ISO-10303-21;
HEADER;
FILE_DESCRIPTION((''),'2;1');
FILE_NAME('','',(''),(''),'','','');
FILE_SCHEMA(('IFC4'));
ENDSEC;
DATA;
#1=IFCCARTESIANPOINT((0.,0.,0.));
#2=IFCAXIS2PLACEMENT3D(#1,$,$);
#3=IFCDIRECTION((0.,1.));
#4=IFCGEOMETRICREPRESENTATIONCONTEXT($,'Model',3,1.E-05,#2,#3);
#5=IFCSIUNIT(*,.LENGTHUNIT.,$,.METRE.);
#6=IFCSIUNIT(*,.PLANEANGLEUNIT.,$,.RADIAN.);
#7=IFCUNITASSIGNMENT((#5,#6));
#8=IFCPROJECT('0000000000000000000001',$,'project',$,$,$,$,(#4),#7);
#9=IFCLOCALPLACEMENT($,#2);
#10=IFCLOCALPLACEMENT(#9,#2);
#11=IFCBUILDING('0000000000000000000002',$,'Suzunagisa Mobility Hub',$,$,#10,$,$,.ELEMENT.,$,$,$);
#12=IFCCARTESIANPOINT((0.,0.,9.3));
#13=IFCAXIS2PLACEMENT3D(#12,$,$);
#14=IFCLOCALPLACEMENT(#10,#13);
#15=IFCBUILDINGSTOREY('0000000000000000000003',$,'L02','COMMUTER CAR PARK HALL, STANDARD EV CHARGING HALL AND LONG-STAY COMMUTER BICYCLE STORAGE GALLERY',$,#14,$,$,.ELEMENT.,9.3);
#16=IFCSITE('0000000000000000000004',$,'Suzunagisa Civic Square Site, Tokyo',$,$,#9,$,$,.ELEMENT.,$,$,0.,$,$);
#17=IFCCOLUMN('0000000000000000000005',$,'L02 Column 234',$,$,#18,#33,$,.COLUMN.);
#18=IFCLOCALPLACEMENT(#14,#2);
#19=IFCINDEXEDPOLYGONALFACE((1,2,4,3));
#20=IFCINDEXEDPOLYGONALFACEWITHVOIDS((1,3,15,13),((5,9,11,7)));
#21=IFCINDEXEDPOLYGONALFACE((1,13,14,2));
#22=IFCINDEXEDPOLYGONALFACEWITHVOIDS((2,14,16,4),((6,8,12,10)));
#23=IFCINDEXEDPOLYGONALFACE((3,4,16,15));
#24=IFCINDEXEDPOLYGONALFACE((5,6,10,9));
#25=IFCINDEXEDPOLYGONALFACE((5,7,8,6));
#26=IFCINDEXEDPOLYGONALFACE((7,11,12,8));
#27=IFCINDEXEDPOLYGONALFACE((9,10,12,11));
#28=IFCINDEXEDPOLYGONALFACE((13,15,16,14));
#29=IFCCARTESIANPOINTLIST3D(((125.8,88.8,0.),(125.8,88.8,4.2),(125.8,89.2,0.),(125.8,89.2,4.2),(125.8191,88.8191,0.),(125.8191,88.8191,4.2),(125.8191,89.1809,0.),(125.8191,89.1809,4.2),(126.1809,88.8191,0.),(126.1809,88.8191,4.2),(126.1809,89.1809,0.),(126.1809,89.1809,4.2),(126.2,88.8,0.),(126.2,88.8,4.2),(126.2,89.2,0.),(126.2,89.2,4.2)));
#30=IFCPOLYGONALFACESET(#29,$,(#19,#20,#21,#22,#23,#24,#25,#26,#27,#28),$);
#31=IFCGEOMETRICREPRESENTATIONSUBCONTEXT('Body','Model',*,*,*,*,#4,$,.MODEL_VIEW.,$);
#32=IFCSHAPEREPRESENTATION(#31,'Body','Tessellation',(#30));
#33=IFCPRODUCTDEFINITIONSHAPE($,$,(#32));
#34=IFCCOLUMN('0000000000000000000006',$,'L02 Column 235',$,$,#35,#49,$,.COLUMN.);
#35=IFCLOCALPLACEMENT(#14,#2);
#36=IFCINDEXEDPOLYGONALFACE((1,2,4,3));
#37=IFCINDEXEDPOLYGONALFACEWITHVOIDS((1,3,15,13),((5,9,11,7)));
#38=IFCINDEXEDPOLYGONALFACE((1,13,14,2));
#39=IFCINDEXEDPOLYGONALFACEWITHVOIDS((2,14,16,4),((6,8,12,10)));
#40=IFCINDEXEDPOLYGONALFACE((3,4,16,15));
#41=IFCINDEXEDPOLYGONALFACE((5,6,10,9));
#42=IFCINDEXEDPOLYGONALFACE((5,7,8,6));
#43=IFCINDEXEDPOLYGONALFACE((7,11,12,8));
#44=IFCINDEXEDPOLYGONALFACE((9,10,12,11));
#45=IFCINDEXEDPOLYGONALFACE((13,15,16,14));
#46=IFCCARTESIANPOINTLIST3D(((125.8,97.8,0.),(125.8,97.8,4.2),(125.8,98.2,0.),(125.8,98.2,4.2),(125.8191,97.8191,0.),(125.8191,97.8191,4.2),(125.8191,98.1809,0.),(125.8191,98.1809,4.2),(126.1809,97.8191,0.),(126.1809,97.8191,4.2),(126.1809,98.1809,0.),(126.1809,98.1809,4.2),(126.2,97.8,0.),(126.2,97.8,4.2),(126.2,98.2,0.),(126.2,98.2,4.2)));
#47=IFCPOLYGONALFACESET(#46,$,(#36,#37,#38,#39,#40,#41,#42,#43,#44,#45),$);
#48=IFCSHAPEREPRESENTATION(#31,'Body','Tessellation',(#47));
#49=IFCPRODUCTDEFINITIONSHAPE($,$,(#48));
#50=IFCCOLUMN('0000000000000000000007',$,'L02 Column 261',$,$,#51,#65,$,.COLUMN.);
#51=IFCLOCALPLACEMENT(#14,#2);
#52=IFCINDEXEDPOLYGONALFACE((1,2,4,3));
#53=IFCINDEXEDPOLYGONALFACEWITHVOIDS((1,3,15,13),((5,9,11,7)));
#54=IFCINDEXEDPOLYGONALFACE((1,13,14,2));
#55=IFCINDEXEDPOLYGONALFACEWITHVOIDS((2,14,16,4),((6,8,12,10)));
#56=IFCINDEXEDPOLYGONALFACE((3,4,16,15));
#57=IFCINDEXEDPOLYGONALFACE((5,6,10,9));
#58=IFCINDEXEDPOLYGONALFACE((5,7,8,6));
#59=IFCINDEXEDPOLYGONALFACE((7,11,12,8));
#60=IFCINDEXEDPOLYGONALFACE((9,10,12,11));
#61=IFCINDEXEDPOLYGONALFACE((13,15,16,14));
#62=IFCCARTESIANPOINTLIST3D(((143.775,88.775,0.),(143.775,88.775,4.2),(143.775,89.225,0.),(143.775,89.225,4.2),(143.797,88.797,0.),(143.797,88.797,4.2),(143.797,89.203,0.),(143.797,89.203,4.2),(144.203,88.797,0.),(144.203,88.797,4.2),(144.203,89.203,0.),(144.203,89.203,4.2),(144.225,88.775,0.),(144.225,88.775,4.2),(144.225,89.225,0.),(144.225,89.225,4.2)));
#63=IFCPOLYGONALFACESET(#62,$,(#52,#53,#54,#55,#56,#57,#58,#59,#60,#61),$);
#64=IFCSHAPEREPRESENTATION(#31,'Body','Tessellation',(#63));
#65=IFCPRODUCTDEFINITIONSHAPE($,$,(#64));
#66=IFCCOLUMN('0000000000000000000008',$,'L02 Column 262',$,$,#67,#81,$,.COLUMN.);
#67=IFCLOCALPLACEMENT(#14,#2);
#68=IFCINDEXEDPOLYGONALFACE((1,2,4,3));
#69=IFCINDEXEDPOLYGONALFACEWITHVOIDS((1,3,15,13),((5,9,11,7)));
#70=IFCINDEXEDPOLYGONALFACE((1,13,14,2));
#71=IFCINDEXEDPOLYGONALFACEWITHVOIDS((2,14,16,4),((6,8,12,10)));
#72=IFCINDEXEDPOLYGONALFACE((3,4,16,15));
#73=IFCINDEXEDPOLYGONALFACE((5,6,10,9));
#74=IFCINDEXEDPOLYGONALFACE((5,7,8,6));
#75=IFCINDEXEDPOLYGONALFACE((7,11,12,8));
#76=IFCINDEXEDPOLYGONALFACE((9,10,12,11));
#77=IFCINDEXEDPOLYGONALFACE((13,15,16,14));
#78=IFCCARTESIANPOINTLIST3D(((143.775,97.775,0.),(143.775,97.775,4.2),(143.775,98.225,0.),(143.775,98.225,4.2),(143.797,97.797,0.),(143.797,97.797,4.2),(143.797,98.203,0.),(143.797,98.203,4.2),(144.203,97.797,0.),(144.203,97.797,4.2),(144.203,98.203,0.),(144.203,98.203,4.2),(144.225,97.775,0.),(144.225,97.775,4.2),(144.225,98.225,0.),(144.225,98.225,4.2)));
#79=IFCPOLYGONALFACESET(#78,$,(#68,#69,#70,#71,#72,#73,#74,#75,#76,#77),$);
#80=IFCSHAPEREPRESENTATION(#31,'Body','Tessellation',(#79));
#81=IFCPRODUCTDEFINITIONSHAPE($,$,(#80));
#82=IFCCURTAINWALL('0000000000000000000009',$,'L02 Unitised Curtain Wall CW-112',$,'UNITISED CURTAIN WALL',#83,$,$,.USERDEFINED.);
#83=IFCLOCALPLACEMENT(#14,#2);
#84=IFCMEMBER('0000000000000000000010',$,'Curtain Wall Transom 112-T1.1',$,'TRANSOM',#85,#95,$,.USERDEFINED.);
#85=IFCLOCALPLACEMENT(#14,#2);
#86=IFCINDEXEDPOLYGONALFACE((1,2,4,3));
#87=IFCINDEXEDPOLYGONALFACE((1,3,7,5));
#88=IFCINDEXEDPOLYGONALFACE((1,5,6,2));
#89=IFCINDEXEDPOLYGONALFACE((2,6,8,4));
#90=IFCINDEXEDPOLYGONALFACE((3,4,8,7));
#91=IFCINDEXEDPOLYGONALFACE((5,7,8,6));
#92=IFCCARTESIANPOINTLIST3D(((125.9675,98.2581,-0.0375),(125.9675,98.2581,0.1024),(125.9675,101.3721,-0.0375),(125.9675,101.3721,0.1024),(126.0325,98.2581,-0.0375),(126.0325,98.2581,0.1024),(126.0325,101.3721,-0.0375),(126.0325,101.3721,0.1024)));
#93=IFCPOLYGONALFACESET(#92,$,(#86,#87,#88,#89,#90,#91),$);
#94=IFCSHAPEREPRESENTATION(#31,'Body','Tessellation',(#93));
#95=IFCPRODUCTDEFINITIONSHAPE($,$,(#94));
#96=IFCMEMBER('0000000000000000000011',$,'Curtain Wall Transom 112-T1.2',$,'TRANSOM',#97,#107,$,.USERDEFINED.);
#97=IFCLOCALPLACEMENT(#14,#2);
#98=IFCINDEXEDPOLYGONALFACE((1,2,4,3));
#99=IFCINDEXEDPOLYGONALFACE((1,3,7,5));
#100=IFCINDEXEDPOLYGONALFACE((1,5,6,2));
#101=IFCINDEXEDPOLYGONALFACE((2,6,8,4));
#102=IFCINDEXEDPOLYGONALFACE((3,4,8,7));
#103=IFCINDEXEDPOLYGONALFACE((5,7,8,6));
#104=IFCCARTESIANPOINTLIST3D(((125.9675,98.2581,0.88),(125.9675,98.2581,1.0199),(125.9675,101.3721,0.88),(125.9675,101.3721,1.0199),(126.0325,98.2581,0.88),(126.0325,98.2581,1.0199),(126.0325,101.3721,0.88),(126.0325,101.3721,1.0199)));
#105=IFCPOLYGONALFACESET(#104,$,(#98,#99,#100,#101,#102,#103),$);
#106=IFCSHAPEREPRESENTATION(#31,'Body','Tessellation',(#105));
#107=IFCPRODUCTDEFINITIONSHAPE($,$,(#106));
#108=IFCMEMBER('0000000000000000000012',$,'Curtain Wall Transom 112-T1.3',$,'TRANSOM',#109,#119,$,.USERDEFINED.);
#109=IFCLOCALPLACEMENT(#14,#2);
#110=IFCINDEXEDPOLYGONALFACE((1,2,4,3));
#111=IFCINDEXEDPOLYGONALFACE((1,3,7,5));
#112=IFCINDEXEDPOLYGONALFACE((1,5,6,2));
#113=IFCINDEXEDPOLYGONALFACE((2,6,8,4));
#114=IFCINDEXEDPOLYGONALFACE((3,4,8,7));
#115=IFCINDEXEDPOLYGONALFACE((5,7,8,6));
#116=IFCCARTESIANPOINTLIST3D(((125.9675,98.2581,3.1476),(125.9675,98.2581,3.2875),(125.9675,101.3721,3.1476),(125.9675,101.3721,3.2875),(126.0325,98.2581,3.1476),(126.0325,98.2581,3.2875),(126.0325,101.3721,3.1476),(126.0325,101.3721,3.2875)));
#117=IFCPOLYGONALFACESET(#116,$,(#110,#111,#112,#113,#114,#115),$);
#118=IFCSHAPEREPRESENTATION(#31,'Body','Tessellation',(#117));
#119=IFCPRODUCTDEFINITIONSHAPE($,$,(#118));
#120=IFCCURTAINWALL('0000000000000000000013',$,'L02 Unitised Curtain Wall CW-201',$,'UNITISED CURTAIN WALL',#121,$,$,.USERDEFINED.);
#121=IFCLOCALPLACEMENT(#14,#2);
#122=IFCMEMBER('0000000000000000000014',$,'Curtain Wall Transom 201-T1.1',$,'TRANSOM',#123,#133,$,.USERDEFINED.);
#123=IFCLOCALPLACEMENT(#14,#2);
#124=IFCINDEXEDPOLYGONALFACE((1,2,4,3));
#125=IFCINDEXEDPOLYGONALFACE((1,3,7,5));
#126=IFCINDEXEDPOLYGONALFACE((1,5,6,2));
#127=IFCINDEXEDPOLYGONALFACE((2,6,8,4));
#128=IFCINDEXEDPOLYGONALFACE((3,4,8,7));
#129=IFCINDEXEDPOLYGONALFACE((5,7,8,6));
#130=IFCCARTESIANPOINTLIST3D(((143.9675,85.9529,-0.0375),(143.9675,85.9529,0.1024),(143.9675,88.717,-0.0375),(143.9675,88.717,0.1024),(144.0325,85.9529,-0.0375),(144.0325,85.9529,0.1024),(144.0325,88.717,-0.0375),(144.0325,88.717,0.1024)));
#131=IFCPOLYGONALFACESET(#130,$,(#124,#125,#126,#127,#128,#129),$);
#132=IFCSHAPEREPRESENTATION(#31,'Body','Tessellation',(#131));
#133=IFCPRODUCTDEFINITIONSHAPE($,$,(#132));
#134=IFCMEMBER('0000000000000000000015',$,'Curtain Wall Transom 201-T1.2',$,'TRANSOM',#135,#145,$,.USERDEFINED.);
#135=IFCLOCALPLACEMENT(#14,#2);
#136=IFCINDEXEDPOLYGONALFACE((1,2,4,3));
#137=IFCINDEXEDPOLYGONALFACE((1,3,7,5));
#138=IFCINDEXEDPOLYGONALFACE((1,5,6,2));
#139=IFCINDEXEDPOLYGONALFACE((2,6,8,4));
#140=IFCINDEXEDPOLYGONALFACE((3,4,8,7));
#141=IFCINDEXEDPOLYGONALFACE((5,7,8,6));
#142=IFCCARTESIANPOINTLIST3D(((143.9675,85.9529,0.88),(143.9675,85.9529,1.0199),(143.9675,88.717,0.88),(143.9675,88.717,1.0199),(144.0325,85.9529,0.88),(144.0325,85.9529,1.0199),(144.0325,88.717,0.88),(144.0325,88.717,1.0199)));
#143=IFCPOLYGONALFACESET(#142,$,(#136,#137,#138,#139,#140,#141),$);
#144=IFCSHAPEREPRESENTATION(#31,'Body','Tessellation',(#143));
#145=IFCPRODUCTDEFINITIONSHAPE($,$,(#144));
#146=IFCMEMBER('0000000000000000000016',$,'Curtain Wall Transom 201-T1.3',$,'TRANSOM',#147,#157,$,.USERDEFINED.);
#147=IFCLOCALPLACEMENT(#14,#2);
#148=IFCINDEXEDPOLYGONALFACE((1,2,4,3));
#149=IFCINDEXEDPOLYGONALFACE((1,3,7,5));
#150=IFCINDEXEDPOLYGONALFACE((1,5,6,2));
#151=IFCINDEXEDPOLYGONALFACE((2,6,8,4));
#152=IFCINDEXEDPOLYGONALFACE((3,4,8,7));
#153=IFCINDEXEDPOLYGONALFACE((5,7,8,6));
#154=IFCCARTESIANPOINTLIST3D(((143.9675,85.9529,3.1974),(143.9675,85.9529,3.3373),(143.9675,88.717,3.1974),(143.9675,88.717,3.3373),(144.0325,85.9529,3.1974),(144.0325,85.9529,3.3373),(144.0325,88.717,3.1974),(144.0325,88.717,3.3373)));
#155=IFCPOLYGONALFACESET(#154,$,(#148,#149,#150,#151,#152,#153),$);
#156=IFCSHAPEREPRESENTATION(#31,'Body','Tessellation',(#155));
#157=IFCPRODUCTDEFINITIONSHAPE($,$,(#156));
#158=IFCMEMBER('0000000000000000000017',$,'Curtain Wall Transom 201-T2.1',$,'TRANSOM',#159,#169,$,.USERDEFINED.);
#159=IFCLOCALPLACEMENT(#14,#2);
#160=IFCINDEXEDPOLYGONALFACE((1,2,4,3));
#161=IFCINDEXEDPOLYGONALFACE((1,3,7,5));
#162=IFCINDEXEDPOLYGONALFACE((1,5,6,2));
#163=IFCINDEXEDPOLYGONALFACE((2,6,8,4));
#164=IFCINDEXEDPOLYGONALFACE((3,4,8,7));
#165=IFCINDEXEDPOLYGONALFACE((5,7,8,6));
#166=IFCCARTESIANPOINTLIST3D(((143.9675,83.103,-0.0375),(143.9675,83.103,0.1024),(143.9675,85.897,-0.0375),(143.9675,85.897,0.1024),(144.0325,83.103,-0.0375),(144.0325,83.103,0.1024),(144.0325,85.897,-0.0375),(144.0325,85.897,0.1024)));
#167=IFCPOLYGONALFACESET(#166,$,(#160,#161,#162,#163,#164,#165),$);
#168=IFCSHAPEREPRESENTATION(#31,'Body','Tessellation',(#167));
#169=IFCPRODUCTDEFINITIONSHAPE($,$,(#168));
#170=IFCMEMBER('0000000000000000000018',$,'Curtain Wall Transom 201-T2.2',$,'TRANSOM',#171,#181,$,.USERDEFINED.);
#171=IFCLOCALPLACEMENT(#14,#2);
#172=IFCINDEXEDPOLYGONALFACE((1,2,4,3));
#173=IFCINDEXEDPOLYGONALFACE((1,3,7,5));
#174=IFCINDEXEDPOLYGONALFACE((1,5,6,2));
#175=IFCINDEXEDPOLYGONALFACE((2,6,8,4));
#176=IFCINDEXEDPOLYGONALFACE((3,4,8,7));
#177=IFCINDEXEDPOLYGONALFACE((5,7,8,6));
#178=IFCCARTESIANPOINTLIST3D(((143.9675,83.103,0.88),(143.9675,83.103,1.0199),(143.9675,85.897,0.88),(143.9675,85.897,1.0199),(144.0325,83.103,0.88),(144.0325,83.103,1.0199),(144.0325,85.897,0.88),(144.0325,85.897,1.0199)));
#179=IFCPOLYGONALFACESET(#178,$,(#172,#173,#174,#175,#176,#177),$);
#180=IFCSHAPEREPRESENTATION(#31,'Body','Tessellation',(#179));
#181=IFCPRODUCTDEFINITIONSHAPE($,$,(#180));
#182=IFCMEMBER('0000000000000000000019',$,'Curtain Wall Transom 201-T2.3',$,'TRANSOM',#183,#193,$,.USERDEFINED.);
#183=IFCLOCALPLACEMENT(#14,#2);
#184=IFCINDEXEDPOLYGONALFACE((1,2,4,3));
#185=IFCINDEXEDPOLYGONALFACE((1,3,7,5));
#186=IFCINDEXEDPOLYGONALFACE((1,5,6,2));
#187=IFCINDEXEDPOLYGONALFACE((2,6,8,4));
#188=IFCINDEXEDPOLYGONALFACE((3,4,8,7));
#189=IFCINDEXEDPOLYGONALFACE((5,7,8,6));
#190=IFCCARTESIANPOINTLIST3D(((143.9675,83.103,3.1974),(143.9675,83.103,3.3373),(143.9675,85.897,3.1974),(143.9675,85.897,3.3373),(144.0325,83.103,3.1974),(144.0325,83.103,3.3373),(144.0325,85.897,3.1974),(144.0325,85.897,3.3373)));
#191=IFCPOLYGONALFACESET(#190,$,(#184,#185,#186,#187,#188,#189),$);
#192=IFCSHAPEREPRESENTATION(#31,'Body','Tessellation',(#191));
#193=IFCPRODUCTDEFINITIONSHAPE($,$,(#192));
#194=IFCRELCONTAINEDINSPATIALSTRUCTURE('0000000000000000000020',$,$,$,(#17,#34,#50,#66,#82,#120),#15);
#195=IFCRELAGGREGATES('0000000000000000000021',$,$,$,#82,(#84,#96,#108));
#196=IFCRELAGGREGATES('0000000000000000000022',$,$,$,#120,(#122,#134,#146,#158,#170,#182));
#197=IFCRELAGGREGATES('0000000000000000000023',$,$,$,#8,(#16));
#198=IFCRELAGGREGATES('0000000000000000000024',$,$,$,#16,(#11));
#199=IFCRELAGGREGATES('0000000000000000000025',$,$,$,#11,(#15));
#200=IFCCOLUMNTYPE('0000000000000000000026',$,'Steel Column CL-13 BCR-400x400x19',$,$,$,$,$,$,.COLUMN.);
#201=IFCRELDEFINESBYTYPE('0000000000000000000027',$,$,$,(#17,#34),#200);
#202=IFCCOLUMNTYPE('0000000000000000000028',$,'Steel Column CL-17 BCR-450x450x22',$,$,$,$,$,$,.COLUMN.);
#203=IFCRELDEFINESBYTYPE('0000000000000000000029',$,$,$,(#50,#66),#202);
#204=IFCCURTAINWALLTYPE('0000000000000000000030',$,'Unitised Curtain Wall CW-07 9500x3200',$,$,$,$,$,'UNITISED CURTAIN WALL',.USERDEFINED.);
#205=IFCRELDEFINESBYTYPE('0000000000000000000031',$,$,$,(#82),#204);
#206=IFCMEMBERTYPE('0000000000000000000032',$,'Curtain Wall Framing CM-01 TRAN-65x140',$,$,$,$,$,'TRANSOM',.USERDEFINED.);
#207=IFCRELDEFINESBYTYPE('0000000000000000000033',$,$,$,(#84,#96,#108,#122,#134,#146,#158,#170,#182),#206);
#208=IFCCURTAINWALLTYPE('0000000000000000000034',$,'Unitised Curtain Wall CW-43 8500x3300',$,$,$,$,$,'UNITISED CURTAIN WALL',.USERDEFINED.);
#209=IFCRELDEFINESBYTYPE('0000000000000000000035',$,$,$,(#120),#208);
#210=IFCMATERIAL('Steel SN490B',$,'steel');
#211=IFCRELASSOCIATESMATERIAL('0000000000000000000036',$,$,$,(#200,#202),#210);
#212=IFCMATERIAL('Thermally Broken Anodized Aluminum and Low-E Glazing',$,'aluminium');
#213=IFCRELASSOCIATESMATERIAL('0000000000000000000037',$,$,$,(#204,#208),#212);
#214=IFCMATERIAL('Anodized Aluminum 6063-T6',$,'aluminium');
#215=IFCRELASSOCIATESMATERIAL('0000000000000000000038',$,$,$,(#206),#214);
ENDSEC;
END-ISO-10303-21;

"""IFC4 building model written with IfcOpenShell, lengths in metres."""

from ifc_helpers import new_model, si_unit, direction, frame, origin, origin_2d, place, context, subcontext, project, spatial, rectangle, hollow_rectangle, extrude, material, material_profile, profile_set, type_object, element, aggregate, save


model = new_model("IFC4")

# Units and contexts
model_context = context("Model", 3, precision=1e-05, world=origin(), true_north=direction((0.0, 1.0)))
body_context = subcontext(model_context, "Body", "Model", "MODEL_VIEW")
ifc_project = project(units=[si_unit("LENGTHUNIT", "METRE"), si_unit("PLANEANGLEUNIT", "RADIAN")], contexts=[model_context])

# Site, building, storey
site_placement = place(None, origin())
site = spatial("IfcSite", under=ifc_project, at=site_placement, Name="Suzunagisa Civic Square Site, Tokyo", CompositionType="ELEMENT", RefElevation=0.0)
building_placement = place(site_placement, origin())
building = spatial("IfcBuilding", under=site, at=building_placement, Name="Suzunagisa Mobility Hub", CompositionType="ELEMENT")
storey_placement = place(building_placement, frame((0.0, 0.0, 9.3)))
storey = spatial("IfcBuildingStorey", under=building, at=storey_placement, Name="L02", Description="COMMUTER CAR PARK HALL, STANDARD EV CHARGING HALL AND LONG-STAY COMMUTER BICYCLE STORAGE GALLERY", CompositionType="ELEMENT", Elevation=9.3)

# Columns
ifc_material_1 = material(Name="Steel SN490B", Category="steel")
ifc_material_profile_1 = material_profile(ifc_material_1, hollow_rectangle(XDim=0.3999, YDim=0.3999, WallThickness=0.019, at=origin_2d()), Name="BCR-400x400x19")
ifc_profile_set_1 = profile_set([ifc_material_profile_1], Name="Steel SN490B")
column_type_1 = type_object("IfcColumnType", Name="Steel Column CL-13 BCR-400x400x19", PredefinedType="COLUMN", material=ifc_profile_set_1)
for number, where, z_axis, x_axis, name in (
    (1, (126.0, 89.0, 0.0), (0.0, 0.0, 1.0), (1.0, 0.0, 0.0), "L02 Column 234"),
    (2, (126.0, 98.0, 0.0), (0.0, 0.0, 1.0), (1.0, 0.0, 0.0), "L02 Column 235"),
):
    element("IfcColumn", number, at=place(storey_placement, frame(where, z_axis=z_axis, x_axis=x_axis)), inside=storey, type_object=column_type_1, Name=name, PredefinedType="COLUMN", context=body_context, shape_type="SweptSolid", body=[
        extrude(hollow_rectangle(XDim=0.3999, YDim=0.3999, WallThickness=0.019, at=origin_2d()), origin(), (0.0, 0.0, 1.0), 4.2),
    ])
ifc_material_profile_2 = material_profile(ifc_material_1, hollow_rectangle(XDim=0.45, YDim=0.45, WallThickness=0.022, at=origin_2d()), Name="BCR-450x450x22")
ifc_profile_set_2 = profile_set([ifc_material_profile_2], Name="Steel SN490B")
column_type_2 = type_object("IfcColumnType", Name="Steel Column CL-17 BCR-450x450x22", PredefinedType="COLUMN", material=ifc_profile_set_2)
for number, where, z_axis, x_axis, name in (
    (3, (144.0, 89.0, 0.0), (0.0, 0.0, 1.0), (1.0, 0.0, 0.0), "L02 Column 261"),
    (4, (144.0, 98.0, 0.0), (0.0, 0.0, 1.0), (1.0, 0.0, 0.0), "L02 Column 262"),
):
    element("IfcColumn", number, at=place(storey_placement, frame(where, z_axis=z_axis, x_axis=x_axis)), inside=storey, type_object=column_type_2, Name=name, PredefinedType="COLUMN", context=body_context, shape_type="SweptSolid", body=[
        extrude(hollow_rectangle(XDim=0.45, YDim=0.45, WallThickness=0.022, at=origin_2d()), origin(), (0.0, 0.0, 1.0), 4.2),
    ])

# Curtain walls, members
ifc_material_2 = material(Name="Thermally Broken Anodized Aluminum and Low-E Glazing", Category="aluminium")
curtain_wall_type_1 = type_object("IfcCurtainWallType", Name="Unitised Curtain Wall CW-07 9500x3200", ElementType="UNITISED CURTAIN WALL", PredefinedType="USERDEFINED", material=ifc_material_2)
curtain_wall_1_placement = place(storey_placement, origin())
curtain_wall_1 = element("IfcCurtainWall", 5, at=curtain_wall_1_placement, inside=storey, type_object=curtain_wall_type_1, Name="L02 Unitised Curtain Wall CW-112", ObjectType="UNITISED CURTAIN WALL", PredefinedType="USERDEFINED")
ifc_material_3 = material(Name="Anodized Aluminum 6063-T6", Category="aluminium")
ifc_material_profile_3 = material_profile(ifc_material_3, rectangle(XDim=0.0649, YDim=0.1399, at=origin_2d()), Name="TRAN-65x140")
ifc_profile_set_3 = profile_set([ifc_material_profile_3], Name="Anodized Aluminum 6063-T6")
member_type_1 = type_object("IfcMemberType", Name="Curtain Wall Framing CM-01 TRAN-65x140", ElementType="TRANSOM", PredefinedType="USERDEFINED", material=ifc_profile_set_3)
member_1_placement = place(storey_placement, frame((126.0, 98.2581, 0.0325), z_axis=(0.0, 1.0, 0.0), x_axis=(-1.0, 0.0, 0.0)))
member_1 = element("IfcMember", 6, at=member_1_placement, type_object=member_type_1, Name="Curtain Wall Transom 112-T1.1", ObjectType="TRANSOM", PredefinedType="USERDEFINED", context=body_context, shape_type="SweptSolid", body=[
    extrude(rectangle(XDim=0.0649, YDim=0.1399, at=origin_2d()), origin(), (0.0, 0.0, 1.0), 3.114),
])
member_2_placement = place(storey_placement, frame((126.0, 98.2581, 0.95), z_axis=(0.0, 1.0, 0.0), x_axis=(-1.0, 0.0, 0.0)))
member_2 = element("IfcMember", 7, at=member_2_placement, type_object=member_type_1, Name="Curtain Wall Transom 112-T1.2", ObjectType="TRANSOM", PredefinedType="USERDEFINED", context=body_context, shape_type="SweptSolid", body=[
    extrude(rectangle(XDim=0.0649, YDim=0.1399, at=origin_2d()), origin(), (0.0, 0.0, 1.0), 3.114),
])
member_3_placement = place(storey_placement, frame((126.0, 98.2581, 3.2175), z_axis=(0.0, 1.0, 0.0), x_axis=(-1.0, 0.0, 0.0)))
member_3 = element("IfcMember", 8, at=member_3_placement, type_object=member_type_1, Name="Curtain Wall Transom 112-T1.3", ObjectType="TRANSOM", PredefinedType="USERDEFINED", context=body_context, shape_type="SweptSolid", body=[
    extrude(rectangle(XDim=0.0649, YDim=0.1399, at=origin_2d()), origin(), (0.0, 0.0, 1.0), 3.114),
])
curtain_wall_type_2 = type_object("IfcCurtainWallType", Name="Unitised Curtain Wall CW-43 8500x3300", ElementType="UNITISED CURTAIN WALL", PredefinedType="USERDEFINED", material=ifc_material_2)
curtain_wall_2_placement = place(storey_placement, origin())
curtain_wall_2 = element("IfcCurtainWall", 9, at=curtain_wall_2_placement, inside=storey, type_object=curtain_wall_type_2, Name="L02 Unitised Curtain Wall CW-201", ObjectType="UNITISED CURTAIN WALL", PredefinedType="USERDEFINED")
member_4_placement = place(storey_placement, frame((144.0, 88.717, 0.0325), z_axis=(0.0, -1.0, 0.0), x_axis=(1.0, 0.0, 0.0)))
member_4 = element("IfcMember", 10, at=member_4_placement, type_object=member_type_1, Name="Curtain Wall Transom 201-T1.1", ObjectType="TRANSOM", PredefinedType="USERDEFINED", context=body_context, shape_type="SweptSolid", body=[
    extrude(rectangle(XDim=0.0649, YDim=0.1399, at=origin_2d()), origin(), (0.0, 0.0, 1.0), 2.7642),
])
member_5_placement = place(storey_placement, frame((144.0, 88.717, 0.95), z_axis=(0.0, -1.0, 0.0), x_axis=(1.0, 0.0, 0.0)))
member_5 = element("IfcMember", 11, at=member_5_placement, type_object=member_type_1, Name="Curtain Wall Transom 201-T1.2", ObjectType="TRANSOM", PredefinedType="USERDEFINED", context=body_context, shape_type="SweptSolid", body=[
    extrude(rectangle(XDim=0.0649, YDim=0.1399, at=origin_2d()), origin(), (0.0, 0.0, 1.0), 2.7642),
])
member_6_placement = place(storey_placement, frame((144.0, 88.717, 3.2673), z_axis=(0.0, -1.0, 0.0), x_axis=(1.0, 0.0, 0.0)))
member_6 = element("IfcMember", 12, at=member_6_placement, type_object=member_type_1, Name="Curtain Wall Transom 201-T1.3", ObjectType="TRANSOM", PredefinedType="USERDEFINED", context=body_context, shape_type="SweptSolid", body=[
    extrude(rectangle(XDim=0.0649, YDim=0.1399, at=origin_2d()), origin(), (0.0, 0.0, 1.0), 2.7642),
])
member_7_placement = place(storey_placement, frame((144.0, 85.897, 0.0325), z_axis=(0.0, -1.0, 0.0), x_axis=(1.0, 0.0, 0.0)))
member_7 = element("IfcMember", 13, at=member_7_placement, type_object=member_type_1, Name="Curtain Wall Transom 201-T2.1", ObjectType="TRANSOM", PredefinedType="USERDEFINED", context=body_context, shape_type="SweptSolid", body=[
    extrude(rectangle(XDim=0.0649, YDim=0.1399, at=origin_2d()), origin(), (0.0, 0.0, 1.0), 2.7939),
])
member_8_placement = place(storey_placement, frame((144.0, 85.897, 0.95), z_axis=(0.0, -1.0, 0.0), x_axis=(1.0, 0.0, 0.0)))
member_8 = element("IfcMember", 14, at=member_8_placement, type_object=member_type_1, Name="Curtain Wall Transom 201-T2.2", ObjectType="TRANSOM", PredefinedType="USERDEFINED", context=body_context, shape_type="SweptSolid", body=[
    extrude(rectangle(XDim=0.0649, YDim=0.1399, at=origin_2d()), origin(), (0.0, 0.0, 1.0), 2.7939),
])
member_9_placement = place(storey_placement, frame((144.0, 85.897, 3.2673), z_axis=(0.0, -1.0, 0.0), x_axis=(1.0, 0.0, 0.0)))
member_9 = element("IfcMember", 15, at=member_9_placement, type_object=member_type_1, Name="Curtain Wall Transom 201-T2.3", ObjectType="TRANSOM", PredefinedType="USERDEFINED", context=body_context, shape_type="SweptSolid", body=[
    extrude(rectangle(XDim=0.0649, YDim=0.1399, at=origin_2d()), origin(), (0.0, 0.0, 1.0), 2.7939),
])

aggregate(curtain_wall_1, [member_1, member_2, member_3])
aggregate(curtain_wall_2, [member_4, member_5, member_6, member_7, member_8, member_9])

save(model, "model.ifc")
